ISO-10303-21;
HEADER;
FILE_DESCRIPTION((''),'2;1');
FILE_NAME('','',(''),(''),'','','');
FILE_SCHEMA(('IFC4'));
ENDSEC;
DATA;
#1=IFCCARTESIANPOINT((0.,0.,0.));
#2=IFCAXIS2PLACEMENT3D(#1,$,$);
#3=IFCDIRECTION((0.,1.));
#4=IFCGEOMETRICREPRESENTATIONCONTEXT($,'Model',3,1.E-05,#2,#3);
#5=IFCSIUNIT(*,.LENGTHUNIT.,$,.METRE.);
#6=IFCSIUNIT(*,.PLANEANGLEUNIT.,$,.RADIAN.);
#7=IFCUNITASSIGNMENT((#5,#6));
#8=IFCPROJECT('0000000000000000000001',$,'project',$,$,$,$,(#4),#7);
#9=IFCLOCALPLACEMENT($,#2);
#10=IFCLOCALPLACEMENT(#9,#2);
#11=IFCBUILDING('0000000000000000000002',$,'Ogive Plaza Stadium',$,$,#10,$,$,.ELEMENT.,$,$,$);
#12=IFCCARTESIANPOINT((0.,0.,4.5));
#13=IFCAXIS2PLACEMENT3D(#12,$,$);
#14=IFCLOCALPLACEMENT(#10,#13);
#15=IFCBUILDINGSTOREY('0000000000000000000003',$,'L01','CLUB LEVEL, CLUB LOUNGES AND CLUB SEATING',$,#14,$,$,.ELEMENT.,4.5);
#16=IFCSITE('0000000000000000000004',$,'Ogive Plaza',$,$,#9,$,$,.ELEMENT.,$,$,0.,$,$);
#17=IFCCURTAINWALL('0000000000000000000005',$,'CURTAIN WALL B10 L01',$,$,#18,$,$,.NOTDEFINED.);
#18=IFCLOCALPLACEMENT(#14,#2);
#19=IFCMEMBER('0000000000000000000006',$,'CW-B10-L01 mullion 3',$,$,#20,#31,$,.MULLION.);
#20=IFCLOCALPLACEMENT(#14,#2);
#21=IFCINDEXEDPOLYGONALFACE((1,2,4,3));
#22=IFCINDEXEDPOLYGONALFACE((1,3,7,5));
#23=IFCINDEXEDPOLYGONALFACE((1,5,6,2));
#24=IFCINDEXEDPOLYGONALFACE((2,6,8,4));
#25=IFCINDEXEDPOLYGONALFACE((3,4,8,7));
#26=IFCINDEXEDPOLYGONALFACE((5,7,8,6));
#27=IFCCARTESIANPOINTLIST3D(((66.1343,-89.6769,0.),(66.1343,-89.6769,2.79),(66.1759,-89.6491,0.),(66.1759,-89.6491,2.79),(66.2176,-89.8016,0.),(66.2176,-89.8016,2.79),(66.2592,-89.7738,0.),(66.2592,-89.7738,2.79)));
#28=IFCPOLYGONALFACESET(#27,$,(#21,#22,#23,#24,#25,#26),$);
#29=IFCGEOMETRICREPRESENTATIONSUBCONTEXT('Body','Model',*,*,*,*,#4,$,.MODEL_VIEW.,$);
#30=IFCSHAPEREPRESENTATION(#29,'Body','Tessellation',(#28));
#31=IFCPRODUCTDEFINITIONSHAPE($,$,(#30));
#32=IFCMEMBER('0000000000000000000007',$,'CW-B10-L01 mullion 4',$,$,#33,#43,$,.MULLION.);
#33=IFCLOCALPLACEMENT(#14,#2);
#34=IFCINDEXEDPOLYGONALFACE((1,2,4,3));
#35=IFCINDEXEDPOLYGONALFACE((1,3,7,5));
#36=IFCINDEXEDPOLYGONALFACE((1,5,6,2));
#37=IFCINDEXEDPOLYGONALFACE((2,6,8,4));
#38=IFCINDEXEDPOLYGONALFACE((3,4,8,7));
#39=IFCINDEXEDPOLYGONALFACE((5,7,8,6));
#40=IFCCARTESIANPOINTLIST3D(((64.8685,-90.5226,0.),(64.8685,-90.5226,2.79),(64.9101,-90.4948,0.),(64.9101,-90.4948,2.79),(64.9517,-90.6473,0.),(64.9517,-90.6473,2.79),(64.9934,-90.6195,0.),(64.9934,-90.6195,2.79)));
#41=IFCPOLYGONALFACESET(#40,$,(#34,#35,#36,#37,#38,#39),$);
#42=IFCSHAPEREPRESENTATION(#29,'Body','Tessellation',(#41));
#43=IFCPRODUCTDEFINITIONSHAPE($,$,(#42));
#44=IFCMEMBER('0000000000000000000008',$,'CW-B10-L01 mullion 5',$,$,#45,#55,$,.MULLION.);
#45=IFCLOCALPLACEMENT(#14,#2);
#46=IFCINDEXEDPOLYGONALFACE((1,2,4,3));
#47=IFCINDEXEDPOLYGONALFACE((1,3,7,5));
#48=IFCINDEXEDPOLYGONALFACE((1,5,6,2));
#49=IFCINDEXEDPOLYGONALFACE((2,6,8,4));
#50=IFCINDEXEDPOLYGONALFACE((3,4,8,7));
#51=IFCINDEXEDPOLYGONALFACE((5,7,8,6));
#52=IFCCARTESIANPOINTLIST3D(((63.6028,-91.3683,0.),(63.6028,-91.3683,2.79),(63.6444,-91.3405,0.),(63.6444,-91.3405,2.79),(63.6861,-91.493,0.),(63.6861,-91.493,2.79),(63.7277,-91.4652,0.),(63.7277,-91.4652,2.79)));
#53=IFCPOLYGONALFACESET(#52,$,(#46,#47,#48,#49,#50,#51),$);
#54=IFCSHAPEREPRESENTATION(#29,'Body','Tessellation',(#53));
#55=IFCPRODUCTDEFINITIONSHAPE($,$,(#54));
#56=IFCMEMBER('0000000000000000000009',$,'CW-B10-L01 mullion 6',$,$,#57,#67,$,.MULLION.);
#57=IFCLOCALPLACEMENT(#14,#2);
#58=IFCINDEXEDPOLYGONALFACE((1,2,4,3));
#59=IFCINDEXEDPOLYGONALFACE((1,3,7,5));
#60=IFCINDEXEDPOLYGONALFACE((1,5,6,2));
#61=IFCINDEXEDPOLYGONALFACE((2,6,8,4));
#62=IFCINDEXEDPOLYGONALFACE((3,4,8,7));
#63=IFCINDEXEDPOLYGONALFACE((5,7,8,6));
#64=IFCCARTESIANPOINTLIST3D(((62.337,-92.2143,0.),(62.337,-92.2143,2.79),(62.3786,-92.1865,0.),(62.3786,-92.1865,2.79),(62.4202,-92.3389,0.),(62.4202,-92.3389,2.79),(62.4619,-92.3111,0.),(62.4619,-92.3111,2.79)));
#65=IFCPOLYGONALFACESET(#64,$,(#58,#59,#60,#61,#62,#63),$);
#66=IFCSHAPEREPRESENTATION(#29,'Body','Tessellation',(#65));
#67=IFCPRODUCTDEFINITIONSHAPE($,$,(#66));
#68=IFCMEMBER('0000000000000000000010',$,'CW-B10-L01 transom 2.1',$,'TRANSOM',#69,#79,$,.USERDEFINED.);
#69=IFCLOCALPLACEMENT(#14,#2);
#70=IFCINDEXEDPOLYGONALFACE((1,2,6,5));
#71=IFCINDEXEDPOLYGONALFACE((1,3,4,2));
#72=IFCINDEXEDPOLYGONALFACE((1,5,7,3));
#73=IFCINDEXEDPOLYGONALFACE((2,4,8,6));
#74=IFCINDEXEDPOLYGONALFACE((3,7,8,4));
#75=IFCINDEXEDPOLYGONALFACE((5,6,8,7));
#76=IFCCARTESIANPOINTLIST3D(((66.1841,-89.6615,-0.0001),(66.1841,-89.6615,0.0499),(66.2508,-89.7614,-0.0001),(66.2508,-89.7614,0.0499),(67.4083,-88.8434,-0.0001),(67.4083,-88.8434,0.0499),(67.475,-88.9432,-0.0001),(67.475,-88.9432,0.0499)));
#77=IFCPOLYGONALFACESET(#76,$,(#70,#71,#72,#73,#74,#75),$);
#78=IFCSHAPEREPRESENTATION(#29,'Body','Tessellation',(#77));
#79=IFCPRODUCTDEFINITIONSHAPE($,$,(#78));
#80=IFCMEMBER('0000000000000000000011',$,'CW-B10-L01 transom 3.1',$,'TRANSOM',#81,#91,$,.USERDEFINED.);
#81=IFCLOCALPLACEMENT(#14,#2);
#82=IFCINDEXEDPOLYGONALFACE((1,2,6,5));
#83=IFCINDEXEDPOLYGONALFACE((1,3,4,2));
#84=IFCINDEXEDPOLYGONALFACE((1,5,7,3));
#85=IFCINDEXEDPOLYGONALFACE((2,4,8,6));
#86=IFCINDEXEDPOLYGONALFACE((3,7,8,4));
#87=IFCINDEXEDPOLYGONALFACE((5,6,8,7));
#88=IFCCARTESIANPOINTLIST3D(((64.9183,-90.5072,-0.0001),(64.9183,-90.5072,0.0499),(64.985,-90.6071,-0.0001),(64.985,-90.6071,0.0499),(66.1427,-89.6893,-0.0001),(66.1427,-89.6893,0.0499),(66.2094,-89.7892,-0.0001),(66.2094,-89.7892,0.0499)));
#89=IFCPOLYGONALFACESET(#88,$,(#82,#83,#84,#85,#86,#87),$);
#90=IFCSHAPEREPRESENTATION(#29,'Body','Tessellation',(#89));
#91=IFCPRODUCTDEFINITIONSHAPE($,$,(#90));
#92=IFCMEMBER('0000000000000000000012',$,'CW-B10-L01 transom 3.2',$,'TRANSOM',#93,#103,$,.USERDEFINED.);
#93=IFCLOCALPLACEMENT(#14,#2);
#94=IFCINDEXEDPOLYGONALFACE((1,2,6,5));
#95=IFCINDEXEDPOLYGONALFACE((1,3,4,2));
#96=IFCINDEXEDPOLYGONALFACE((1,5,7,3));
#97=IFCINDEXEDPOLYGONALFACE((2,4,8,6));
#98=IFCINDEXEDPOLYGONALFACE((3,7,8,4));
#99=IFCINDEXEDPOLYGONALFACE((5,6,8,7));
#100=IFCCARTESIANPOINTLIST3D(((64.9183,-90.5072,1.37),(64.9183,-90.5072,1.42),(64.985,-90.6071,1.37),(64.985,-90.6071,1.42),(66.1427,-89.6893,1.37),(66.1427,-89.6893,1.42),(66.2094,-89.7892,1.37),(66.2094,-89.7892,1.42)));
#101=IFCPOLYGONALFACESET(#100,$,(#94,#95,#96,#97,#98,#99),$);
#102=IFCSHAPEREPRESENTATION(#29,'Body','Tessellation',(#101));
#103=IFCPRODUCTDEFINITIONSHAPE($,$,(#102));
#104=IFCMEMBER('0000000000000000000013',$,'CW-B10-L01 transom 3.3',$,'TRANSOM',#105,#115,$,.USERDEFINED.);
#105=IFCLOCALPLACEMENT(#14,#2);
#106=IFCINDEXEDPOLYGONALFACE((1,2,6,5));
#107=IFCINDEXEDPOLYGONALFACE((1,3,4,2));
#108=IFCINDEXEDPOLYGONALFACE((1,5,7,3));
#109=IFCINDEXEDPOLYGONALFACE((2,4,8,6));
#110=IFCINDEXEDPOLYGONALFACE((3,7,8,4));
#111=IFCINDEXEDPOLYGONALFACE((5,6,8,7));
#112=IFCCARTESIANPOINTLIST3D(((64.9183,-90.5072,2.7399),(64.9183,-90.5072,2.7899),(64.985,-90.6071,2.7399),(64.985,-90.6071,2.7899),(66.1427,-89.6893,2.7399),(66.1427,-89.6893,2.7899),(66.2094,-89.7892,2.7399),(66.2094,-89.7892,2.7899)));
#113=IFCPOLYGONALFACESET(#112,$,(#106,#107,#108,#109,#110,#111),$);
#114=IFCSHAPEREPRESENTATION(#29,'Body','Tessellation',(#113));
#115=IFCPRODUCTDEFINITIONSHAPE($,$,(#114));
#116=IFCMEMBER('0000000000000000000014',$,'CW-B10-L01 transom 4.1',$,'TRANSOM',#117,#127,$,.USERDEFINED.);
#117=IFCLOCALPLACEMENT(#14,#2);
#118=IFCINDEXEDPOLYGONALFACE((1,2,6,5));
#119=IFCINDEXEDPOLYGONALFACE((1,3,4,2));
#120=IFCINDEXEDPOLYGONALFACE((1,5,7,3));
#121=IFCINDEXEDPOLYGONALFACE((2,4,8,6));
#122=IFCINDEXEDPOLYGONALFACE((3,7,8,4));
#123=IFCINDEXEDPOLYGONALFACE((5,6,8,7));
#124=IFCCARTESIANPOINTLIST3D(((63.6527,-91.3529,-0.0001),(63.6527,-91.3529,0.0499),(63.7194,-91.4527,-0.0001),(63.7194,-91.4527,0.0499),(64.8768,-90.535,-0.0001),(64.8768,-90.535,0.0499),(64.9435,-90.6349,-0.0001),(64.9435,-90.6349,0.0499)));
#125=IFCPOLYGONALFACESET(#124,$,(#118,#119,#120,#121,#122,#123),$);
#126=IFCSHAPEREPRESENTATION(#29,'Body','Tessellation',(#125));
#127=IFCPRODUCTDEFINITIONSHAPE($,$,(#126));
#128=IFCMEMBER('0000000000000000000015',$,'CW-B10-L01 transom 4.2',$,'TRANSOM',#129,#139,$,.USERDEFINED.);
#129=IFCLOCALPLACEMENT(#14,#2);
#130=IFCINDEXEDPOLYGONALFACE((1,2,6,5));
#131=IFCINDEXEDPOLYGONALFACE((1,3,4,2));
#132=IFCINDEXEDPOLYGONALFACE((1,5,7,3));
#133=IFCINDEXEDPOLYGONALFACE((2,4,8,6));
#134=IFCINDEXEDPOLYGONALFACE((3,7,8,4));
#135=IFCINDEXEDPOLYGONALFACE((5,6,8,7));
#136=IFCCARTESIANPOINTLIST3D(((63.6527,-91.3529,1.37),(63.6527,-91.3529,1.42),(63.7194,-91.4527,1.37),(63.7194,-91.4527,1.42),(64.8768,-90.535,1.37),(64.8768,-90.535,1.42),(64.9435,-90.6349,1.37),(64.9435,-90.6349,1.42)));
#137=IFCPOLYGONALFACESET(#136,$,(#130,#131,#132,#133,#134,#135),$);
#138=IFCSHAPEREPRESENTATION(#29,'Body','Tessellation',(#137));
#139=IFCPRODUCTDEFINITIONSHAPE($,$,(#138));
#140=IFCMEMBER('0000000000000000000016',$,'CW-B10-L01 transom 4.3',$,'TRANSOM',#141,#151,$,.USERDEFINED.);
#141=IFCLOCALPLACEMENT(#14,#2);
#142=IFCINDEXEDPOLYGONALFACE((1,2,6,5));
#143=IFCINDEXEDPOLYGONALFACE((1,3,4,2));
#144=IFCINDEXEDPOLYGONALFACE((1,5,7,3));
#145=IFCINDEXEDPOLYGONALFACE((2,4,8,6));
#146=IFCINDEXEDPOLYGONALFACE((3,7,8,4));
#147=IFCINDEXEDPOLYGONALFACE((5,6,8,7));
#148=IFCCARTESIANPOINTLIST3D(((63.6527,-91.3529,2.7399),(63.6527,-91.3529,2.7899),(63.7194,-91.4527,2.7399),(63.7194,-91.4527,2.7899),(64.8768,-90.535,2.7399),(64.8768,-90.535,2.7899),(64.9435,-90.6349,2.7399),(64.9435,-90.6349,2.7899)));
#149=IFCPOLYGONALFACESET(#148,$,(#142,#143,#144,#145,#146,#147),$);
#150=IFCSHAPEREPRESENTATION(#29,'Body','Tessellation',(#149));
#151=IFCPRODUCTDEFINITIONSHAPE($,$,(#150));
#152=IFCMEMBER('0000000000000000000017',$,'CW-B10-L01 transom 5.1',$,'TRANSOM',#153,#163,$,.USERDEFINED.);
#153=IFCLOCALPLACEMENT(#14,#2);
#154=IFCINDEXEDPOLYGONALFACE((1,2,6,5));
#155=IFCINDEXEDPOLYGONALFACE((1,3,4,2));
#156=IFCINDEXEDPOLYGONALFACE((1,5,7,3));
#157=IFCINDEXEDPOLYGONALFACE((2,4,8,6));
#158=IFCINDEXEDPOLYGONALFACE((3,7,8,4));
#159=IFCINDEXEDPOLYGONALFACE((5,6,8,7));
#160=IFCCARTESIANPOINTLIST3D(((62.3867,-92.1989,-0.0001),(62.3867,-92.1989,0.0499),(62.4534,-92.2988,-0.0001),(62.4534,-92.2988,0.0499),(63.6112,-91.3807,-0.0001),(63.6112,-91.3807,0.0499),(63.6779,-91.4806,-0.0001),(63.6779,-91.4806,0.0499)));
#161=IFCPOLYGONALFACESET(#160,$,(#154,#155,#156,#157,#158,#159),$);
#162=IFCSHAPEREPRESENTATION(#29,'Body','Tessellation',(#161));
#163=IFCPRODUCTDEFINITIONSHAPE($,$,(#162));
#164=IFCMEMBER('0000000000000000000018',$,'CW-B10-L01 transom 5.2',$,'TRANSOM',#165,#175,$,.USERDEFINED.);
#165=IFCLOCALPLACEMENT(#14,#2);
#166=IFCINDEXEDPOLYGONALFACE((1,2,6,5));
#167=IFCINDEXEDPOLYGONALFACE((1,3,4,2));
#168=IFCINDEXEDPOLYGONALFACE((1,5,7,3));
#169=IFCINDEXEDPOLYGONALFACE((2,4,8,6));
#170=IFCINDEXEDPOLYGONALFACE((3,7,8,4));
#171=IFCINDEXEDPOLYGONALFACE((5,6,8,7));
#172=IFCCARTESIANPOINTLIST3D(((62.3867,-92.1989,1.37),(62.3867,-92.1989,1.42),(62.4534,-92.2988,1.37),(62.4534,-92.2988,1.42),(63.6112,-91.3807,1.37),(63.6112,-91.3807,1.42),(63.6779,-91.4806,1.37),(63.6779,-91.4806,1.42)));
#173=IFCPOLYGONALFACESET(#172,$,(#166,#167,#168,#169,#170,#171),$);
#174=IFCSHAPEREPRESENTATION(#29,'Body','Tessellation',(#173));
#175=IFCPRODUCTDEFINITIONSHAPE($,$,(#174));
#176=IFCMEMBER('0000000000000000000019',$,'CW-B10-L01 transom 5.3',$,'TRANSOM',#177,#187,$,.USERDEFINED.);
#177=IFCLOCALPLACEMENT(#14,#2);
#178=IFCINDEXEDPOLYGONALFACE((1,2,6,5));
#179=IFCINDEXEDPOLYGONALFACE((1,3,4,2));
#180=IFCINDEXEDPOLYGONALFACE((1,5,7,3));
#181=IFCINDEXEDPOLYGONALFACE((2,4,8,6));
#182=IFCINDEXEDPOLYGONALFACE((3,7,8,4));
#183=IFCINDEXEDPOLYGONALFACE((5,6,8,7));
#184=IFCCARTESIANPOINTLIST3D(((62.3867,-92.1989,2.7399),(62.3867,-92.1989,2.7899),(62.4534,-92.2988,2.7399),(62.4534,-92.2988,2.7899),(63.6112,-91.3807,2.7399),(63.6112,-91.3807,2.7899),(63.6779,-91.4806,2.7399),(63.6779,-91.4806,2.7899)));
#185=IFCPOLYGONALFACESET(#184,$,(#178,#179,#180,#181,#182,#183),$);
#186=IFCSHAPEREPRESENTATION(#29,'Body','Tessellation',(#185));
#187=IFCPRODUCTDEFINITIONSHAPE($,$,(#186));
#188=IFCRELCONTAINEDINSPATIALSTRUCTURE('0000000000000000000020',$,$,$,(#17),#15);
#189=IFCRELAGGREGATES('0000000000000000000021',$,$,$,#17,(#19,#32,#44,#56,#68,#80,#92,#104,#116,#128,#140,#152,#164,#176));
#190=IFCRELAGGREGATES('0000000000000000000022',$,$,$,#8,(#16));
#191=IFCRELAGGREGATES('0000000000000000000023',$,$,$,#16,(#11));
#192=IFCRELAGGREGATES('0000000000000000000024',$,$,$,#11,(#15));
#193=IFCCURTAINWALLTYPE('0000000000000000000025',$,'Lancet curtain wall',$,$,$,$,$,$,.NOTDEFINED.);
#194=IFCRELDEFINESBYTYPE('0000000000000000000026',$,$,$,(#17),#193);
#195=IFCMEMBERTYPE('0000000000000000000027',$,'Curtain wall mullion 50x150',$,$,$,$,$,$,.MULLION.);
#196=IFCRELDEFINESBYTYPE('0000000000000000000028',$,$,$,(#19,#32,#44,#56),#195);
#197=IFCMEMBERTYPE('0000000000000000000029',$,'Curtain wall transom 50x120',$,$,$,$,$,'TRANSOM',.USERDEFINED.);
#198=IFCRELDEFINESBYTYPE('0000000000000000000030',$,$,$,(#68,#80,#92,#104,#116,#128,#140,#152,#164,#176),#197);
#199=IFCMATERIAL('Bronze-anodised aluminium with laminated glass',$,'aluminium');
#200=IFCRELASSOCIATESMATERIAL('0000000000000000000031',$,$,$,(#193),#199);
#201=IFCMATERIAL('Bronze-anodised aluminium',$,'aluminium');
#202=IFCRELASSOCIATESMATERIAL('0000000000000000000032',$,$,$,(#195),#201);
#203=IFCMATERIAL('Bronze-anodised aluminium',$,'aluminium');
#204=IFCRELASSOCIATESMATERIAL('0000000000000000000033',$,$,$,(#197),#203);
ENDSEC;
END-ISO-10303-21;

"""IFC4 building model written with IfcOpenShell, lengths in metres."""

from ifc_helpers import new_model, si_unit, direction, frame, origin, origin_2d, place, context, subcontext, project, spatial, rectangle, extrude, material, material_profile, profile_set, type_object, element, aggregate, save


model = new_model("IFC4")

# Units and contexts
model_context = context("Model", 3, precision=1e-05, world=origin(), true_north=direction((0.0, 1.0)))
body_context = subcontext(model_context, "Body", "Model", "MODEL_VIEW")
ifc_project = project(units=[si_unit("LENGTHUNIT", "METRE"), si_unit("PLANEANGLEUNIT", "RADIAN")], contexts=[model_context])

# Site, building, storey
site_placement = place(None, origin())
site = spatial("IfcSite", under=ifc_project, at=site_placement, Name="Ogive Plaza", CompositionType="ELEMENT", RefElevation=0.0)
building_placement = place(site_placement, origin())
building = spatial("IfcBuilding", under=site, at=building_placement, Name="Ogive Plaza Stadium", CompositionType="ELEMENT")
storey_placement = place(building_placement, frame((0.0, 0.0, 4.5)))
storey = spatial("IfcBuildingStorey", under=building, at=storey_placement, Name="L01", Description="CLUB LEVEL, CLUB LOUNGES AND CLUB SEATING", CompositionType="ELEMENT", Elevation=4.5)

# Curtain wall, members
ifc_material_1 = material(Name="Bronze-anodised aluminium with laminated glass", Category="aluminium")
curtain_wall_type = type_object("IfcCurtainWallType", Name="Lancet curtain wall", PredefinedType="NOTDEFINED", material=ifc_material_1)
curtain_wall_placement = place(storey_placement, origin())
curtain_wall = element("IfcCurtainWall", 1, at=curtain_wall_placement, inside=storey, type_object=curtain_wall_type, Name="CURTAIN WALL B10 L01", PredefinedType="NOTDEFINED")
ifc_material_2 = material(Name="Bronze-anodised aluminium", Category="aluminium")
ifc_material_profile_1 = material_profile(ifc_material_2, rectangle(XDim=0.1499, YDim=0.05, at=origin_2d()), Name="AL 150x50")
ifc_profile_set_1 = profile_set([ifc_material_profile_1], Name="Bronze-anodised aluminium")
member_type_1 = type_object("IfcMemberType", Name="Curtain wall mullion 50x150", PredefinedType="MULLION", material=ifc_profile_set_1)
member_1_placement = place(storey_placement, frame((66.1968, -89.7253, 0.0), z_axis=(0.0, 0.0, 1.0), x_axis=(0.55557, -0.83147, 0.0)))
member_1 = element("IfcMember", 2, at=member_1_placement, type_object=member_type_1, Name="CW-B10-L01 mullion 3", PredefinedType="MULLION", context=body_context, shape_type="SweptSolid", body=[
    extrude(rectangle(XDim=0.1499, YDim=0.05, at=origin_2d()), origin(), (0.0, 0.0, 1.0), 2.79),
])
member_2_placement = place(storey_placement, frame((64.9309, -90.571, 0.0), z_axis=(0.0, 0.0, 1.0), x_axis=(0.55557, -0.83147, 0.0)))
member_2 = element("IfcMember", 3, at=member_2_placement, type_object=member_type_1, Name="CW-B10-L01 mullion 4", PredefinedType="MULLION", context=body_context, shape_type="SweptSolid", body=[
    extrude(rectangle(XDim=0.1499, YDim=0.05, at=origin_2d()), origin(), (0.0, 0.0, 1.0), 2.79),
])
member_3_placement = place(storey_placement, frame((63.6653, -91.4167, 0.0), z_axis=(0.0, 0.0, 1.0), x_axis=(0.55557, -0.83147, 0.0)))
member_3 = element("IfcMember", 4, at=member_3_placement, type_object=member_type_1, Name="CW-B10-L01 mullion 5", PredefinedType="MULLION", context=body_context, shape_type="SweptSolid", body=[
    extrude(rectangle(XDim=0.1499, YDim=0.05, at=origin_2d()), origin(), (0.0, 0.0, 1.0), 2.79),
])
member_4_placement = place(storey_placement, frame((62.3994, -92.2627, 0.0), z_axis=(0.0, 0.0, 1.0), x_axis=(0.55557, -0.83147, 0.0)))
member_4 = element("IfcMember", 5, at=member_4_placement, type_object=member_type_1, Name="CW-B10-L01 mullion 6", PredefinedType="MULLION", context=body_context, shape_type="SweptSolid", body=[
    extrude(rectangle(XDim=0.1499, YDim=0.05, at=origin_2d()), origin(), (0.0, 0.0, 1.0), 2.79),
])
ifc_material_3 = material(Name="Bronze-anodised aluminium", Category="aluminium")
ifc_material_profile_2 = material_profile(ifc_material_3, rectangle(XDim=0.1201, YDim=0.05, at=origin_2d()), Name="AL 120x50")
ifc_profile_set_2 = profile_set([ifc_material_profile_2], Name="Bronze-anodised aluminium")
member_type_2 = type_object("IfcMemberType", Name="Curtain wall transom 50x120", ElementType="TRANSOM", PredefinedType="USERDEFINED", material=ifc_profile_set_2)
member_5_placement = place(storey_placement, frame((67.4417, -88.8933, 0.0249), z_axis=(-0.831412, -0.555656, 0.0), x_axis=(0.555656, -0.831412, 0.0)))
member_5 = element("IfcMember", 6, at=member_5_placement, type_object=member_type_2, Name="CW-B10-L01 transom 2.1", ObjectType="TRANSOM", PredefinedType="USERDEFINED", context=body_context, shape_type="SweptSolid", body=[
    extrude(rectangle(XDim=0.1201, YDim=0.05, at=origin_2d()), origin(), (0.0, 0.0, 1.0), 1.4724),
])
member_6_placement = place(storey_placement, frame((66.176, -89.7393, 0.0249), z_axis=(-0.83154, -0.555465, 0.0), x_axis=(0.555465, -0.83154, 0.0)))
member_6 = element("IfcMember", 7, at=member_6_placement, type_object=member_type_2, Name="CW-B10-L01 transom 3.1", ObjectType="TRANSOM", PredefinedType="USERDEFINED", context=body_context, shape_type="SweptSolid", body=[
    extrude(rectangle(XDim=0.1201, YDim=0.05, at=origin_2d()), origin(), (0.0, 0.0, 1.0), 1.4724),
])
member_7_placement = place(storey_placement, frame((66.176, -89.7393, 1.395), z_axis=(-0.83154, -0.555465, 0.0), x_axis=(0.555465, -0.83154, 0.0)))
member_7 = element("IfcMember", 8, at=member_7_placement, type_object=member_type_2, Name="CW-B10-L01 transom 3.2", ObjectType="TRANSOM", PredefinedType="USERDEFINED", context=body_context, shape_type="SweptSolid", body=[
    extrude(rectangle(XDim=0.1201, YDim=0.05, at=origin_2d()), origin(), (0.0, 0.0, 1.0), 1.4724),
])
member_8_placement = place(storey_placement, frame((66.176, -89.7393, 2.7649), z_axis=(-0.83154, -0.555465, 0.0), x_axis=(0.555465, -0.83154, 0.0)))
member_8 = element("IfcMember", 9, at=member_8_placement, type_object=member_type_2, Name="CW-B10-L01 transom 3.3", ObjectType="TRANSOM", PredefinedType="USERDEFINED", context=body_context, shape_type="SweptSolid", body=[
    extrude(rectangle(XDim=0.1201, YDim=0.05, at=origin_2d()), origin(), (0.0, 0.0, 1.0), 1.4724),
])
member_9_placement = place(storey_placement, frame((64.9102, -90.585, 0.0249), z_axis=(-0.831489, -0.555542, 0.0), x_axis=(0.555542, -0.831489, 0.0)))
member_9 = element("IfcMember", 10, at=member_9_placement, type_object=member_type_2, Name="CW-B10-L01 transom 4.1", ObjectType="TRANSOM", PredefinedType="USERDEFINED", context=body_context, shape_type="SweptSolid", body=[
    extrude(rectangle(XDim=0.1201, YDim=0.05, at=origin_2d()), origin(), (0.0, 0.0, 1.0), 1.4722),
])
member_10_placement = place(storey_placement, frame((64.9102, -90.585, 1.395), z_axis=(-0.831489, -0.555542, 0.0), x_axis=(0.555542, -0.831489, 0.0)))
member_10 = element("IfcMember", 11, at=member_10_placement, type_object=member_type_2, Name="CW-B10-L01 transom 4.2", ObjectType="TRANSOM", PredefinedType="USERDEFINED", context=body_context, shape_type="SweptSolid", body=[
    extrude(rectangle(XDim=0.1201, YDim=0.05, at=origin_2d()), origin(), (0.0, 0.0, 1.0), 1.4722),
])
member_11_placement = place(storey_placement, frame((64.9102, -90.585, 2.7649), z_axis=(-0.831489, -0.555542, 0.0), x_axis=(0.555542, -0.831489, 0.0)))
member_11 = element("IfcMember", 12, at=member_11_placement, type_object=member_type_2, Name="CW-B10-L01 transom 4.3", ObjectType="TRANSOM", PredefinedType="USERDEFINED", context=body_context, shape_type="SweptSolid", body=[
    extrude(rectangle(XDim=0.1201, YDim=0.05, at=origin_2d()), origin(), (0.0, 0.0, 1.0), 1.4722),
])
member_12_placement = place(storey_placement, frame((63.6445, -91.4307, 0.0249), z_axis=(-0.831463, -0.55558, 0.0), x_axis=(0.55558, -0.831463, 0.0)))
member_12 = element("IfcMember", 13, at=member_12_placement, type_object=member_type_2, Name="CW-B10-L01 transom 5.1", ObjectType="TRANSOM", PredefinedType="USERDEFINED", context=body_context, shape_type="SweptSolid", body=[
    extrude(rectangle(XDim=0.1201, YDim=0.05, at=origin_2d()), origin(), (0.0, 0.0, 1.0), 1.4727),
])
member_13_placement = place(storey_placement, frame((63.6445, -91.4307, 1.395), z_axis=(-0.831463, -0.55558, 0.0), x_axis=(0.55558, -0.831463, 0.0)))
member_13 = element("IfcMember", 14, at=member_13_placement, type_object=member_type_2, Name="CW-B10-L01 transom 5.2", ObjectType="TRANSOM", PredefinedType="USERDEFINED", context=body_context, shape_type="SweptSolid", body=[
    extrude(rectangle(XDim=0.1201, YDim=0.05, at=origin_2d()), origin(), (0.0, 0.0, 1.0), 1.4727),
])
member_14_placement = place(storey_placement, frame((63.6445, -91.4307, 2.7649), z_axis=(-0.831463, -0.55558, 0.0), x_axis=(0.55558, -0.831463, 0.0)))
member_14 = element("IfcMember", 15, at=member_14_placement, type_object=member_type_2, Name="CW-B10-L01 transom 5.3", ObjectType="TRANSOM", PredefinedType="USERDEFINED", context=body_context, shape_type="SweptSolid", body=[
    extrude(rectangle(XDim=0.1201, YDim=0.05, at=origin_2d()), origin(), (0.0, 0.0, 1.0), 1.4727),
])
aggregate(curtain_wall, [member_1, member_2, member_3, member_4, member_5, member_6, member_7, member_8, member_9, member_10, member_11, member_12, member_13, member_14])

save(model, "model.ifc")
